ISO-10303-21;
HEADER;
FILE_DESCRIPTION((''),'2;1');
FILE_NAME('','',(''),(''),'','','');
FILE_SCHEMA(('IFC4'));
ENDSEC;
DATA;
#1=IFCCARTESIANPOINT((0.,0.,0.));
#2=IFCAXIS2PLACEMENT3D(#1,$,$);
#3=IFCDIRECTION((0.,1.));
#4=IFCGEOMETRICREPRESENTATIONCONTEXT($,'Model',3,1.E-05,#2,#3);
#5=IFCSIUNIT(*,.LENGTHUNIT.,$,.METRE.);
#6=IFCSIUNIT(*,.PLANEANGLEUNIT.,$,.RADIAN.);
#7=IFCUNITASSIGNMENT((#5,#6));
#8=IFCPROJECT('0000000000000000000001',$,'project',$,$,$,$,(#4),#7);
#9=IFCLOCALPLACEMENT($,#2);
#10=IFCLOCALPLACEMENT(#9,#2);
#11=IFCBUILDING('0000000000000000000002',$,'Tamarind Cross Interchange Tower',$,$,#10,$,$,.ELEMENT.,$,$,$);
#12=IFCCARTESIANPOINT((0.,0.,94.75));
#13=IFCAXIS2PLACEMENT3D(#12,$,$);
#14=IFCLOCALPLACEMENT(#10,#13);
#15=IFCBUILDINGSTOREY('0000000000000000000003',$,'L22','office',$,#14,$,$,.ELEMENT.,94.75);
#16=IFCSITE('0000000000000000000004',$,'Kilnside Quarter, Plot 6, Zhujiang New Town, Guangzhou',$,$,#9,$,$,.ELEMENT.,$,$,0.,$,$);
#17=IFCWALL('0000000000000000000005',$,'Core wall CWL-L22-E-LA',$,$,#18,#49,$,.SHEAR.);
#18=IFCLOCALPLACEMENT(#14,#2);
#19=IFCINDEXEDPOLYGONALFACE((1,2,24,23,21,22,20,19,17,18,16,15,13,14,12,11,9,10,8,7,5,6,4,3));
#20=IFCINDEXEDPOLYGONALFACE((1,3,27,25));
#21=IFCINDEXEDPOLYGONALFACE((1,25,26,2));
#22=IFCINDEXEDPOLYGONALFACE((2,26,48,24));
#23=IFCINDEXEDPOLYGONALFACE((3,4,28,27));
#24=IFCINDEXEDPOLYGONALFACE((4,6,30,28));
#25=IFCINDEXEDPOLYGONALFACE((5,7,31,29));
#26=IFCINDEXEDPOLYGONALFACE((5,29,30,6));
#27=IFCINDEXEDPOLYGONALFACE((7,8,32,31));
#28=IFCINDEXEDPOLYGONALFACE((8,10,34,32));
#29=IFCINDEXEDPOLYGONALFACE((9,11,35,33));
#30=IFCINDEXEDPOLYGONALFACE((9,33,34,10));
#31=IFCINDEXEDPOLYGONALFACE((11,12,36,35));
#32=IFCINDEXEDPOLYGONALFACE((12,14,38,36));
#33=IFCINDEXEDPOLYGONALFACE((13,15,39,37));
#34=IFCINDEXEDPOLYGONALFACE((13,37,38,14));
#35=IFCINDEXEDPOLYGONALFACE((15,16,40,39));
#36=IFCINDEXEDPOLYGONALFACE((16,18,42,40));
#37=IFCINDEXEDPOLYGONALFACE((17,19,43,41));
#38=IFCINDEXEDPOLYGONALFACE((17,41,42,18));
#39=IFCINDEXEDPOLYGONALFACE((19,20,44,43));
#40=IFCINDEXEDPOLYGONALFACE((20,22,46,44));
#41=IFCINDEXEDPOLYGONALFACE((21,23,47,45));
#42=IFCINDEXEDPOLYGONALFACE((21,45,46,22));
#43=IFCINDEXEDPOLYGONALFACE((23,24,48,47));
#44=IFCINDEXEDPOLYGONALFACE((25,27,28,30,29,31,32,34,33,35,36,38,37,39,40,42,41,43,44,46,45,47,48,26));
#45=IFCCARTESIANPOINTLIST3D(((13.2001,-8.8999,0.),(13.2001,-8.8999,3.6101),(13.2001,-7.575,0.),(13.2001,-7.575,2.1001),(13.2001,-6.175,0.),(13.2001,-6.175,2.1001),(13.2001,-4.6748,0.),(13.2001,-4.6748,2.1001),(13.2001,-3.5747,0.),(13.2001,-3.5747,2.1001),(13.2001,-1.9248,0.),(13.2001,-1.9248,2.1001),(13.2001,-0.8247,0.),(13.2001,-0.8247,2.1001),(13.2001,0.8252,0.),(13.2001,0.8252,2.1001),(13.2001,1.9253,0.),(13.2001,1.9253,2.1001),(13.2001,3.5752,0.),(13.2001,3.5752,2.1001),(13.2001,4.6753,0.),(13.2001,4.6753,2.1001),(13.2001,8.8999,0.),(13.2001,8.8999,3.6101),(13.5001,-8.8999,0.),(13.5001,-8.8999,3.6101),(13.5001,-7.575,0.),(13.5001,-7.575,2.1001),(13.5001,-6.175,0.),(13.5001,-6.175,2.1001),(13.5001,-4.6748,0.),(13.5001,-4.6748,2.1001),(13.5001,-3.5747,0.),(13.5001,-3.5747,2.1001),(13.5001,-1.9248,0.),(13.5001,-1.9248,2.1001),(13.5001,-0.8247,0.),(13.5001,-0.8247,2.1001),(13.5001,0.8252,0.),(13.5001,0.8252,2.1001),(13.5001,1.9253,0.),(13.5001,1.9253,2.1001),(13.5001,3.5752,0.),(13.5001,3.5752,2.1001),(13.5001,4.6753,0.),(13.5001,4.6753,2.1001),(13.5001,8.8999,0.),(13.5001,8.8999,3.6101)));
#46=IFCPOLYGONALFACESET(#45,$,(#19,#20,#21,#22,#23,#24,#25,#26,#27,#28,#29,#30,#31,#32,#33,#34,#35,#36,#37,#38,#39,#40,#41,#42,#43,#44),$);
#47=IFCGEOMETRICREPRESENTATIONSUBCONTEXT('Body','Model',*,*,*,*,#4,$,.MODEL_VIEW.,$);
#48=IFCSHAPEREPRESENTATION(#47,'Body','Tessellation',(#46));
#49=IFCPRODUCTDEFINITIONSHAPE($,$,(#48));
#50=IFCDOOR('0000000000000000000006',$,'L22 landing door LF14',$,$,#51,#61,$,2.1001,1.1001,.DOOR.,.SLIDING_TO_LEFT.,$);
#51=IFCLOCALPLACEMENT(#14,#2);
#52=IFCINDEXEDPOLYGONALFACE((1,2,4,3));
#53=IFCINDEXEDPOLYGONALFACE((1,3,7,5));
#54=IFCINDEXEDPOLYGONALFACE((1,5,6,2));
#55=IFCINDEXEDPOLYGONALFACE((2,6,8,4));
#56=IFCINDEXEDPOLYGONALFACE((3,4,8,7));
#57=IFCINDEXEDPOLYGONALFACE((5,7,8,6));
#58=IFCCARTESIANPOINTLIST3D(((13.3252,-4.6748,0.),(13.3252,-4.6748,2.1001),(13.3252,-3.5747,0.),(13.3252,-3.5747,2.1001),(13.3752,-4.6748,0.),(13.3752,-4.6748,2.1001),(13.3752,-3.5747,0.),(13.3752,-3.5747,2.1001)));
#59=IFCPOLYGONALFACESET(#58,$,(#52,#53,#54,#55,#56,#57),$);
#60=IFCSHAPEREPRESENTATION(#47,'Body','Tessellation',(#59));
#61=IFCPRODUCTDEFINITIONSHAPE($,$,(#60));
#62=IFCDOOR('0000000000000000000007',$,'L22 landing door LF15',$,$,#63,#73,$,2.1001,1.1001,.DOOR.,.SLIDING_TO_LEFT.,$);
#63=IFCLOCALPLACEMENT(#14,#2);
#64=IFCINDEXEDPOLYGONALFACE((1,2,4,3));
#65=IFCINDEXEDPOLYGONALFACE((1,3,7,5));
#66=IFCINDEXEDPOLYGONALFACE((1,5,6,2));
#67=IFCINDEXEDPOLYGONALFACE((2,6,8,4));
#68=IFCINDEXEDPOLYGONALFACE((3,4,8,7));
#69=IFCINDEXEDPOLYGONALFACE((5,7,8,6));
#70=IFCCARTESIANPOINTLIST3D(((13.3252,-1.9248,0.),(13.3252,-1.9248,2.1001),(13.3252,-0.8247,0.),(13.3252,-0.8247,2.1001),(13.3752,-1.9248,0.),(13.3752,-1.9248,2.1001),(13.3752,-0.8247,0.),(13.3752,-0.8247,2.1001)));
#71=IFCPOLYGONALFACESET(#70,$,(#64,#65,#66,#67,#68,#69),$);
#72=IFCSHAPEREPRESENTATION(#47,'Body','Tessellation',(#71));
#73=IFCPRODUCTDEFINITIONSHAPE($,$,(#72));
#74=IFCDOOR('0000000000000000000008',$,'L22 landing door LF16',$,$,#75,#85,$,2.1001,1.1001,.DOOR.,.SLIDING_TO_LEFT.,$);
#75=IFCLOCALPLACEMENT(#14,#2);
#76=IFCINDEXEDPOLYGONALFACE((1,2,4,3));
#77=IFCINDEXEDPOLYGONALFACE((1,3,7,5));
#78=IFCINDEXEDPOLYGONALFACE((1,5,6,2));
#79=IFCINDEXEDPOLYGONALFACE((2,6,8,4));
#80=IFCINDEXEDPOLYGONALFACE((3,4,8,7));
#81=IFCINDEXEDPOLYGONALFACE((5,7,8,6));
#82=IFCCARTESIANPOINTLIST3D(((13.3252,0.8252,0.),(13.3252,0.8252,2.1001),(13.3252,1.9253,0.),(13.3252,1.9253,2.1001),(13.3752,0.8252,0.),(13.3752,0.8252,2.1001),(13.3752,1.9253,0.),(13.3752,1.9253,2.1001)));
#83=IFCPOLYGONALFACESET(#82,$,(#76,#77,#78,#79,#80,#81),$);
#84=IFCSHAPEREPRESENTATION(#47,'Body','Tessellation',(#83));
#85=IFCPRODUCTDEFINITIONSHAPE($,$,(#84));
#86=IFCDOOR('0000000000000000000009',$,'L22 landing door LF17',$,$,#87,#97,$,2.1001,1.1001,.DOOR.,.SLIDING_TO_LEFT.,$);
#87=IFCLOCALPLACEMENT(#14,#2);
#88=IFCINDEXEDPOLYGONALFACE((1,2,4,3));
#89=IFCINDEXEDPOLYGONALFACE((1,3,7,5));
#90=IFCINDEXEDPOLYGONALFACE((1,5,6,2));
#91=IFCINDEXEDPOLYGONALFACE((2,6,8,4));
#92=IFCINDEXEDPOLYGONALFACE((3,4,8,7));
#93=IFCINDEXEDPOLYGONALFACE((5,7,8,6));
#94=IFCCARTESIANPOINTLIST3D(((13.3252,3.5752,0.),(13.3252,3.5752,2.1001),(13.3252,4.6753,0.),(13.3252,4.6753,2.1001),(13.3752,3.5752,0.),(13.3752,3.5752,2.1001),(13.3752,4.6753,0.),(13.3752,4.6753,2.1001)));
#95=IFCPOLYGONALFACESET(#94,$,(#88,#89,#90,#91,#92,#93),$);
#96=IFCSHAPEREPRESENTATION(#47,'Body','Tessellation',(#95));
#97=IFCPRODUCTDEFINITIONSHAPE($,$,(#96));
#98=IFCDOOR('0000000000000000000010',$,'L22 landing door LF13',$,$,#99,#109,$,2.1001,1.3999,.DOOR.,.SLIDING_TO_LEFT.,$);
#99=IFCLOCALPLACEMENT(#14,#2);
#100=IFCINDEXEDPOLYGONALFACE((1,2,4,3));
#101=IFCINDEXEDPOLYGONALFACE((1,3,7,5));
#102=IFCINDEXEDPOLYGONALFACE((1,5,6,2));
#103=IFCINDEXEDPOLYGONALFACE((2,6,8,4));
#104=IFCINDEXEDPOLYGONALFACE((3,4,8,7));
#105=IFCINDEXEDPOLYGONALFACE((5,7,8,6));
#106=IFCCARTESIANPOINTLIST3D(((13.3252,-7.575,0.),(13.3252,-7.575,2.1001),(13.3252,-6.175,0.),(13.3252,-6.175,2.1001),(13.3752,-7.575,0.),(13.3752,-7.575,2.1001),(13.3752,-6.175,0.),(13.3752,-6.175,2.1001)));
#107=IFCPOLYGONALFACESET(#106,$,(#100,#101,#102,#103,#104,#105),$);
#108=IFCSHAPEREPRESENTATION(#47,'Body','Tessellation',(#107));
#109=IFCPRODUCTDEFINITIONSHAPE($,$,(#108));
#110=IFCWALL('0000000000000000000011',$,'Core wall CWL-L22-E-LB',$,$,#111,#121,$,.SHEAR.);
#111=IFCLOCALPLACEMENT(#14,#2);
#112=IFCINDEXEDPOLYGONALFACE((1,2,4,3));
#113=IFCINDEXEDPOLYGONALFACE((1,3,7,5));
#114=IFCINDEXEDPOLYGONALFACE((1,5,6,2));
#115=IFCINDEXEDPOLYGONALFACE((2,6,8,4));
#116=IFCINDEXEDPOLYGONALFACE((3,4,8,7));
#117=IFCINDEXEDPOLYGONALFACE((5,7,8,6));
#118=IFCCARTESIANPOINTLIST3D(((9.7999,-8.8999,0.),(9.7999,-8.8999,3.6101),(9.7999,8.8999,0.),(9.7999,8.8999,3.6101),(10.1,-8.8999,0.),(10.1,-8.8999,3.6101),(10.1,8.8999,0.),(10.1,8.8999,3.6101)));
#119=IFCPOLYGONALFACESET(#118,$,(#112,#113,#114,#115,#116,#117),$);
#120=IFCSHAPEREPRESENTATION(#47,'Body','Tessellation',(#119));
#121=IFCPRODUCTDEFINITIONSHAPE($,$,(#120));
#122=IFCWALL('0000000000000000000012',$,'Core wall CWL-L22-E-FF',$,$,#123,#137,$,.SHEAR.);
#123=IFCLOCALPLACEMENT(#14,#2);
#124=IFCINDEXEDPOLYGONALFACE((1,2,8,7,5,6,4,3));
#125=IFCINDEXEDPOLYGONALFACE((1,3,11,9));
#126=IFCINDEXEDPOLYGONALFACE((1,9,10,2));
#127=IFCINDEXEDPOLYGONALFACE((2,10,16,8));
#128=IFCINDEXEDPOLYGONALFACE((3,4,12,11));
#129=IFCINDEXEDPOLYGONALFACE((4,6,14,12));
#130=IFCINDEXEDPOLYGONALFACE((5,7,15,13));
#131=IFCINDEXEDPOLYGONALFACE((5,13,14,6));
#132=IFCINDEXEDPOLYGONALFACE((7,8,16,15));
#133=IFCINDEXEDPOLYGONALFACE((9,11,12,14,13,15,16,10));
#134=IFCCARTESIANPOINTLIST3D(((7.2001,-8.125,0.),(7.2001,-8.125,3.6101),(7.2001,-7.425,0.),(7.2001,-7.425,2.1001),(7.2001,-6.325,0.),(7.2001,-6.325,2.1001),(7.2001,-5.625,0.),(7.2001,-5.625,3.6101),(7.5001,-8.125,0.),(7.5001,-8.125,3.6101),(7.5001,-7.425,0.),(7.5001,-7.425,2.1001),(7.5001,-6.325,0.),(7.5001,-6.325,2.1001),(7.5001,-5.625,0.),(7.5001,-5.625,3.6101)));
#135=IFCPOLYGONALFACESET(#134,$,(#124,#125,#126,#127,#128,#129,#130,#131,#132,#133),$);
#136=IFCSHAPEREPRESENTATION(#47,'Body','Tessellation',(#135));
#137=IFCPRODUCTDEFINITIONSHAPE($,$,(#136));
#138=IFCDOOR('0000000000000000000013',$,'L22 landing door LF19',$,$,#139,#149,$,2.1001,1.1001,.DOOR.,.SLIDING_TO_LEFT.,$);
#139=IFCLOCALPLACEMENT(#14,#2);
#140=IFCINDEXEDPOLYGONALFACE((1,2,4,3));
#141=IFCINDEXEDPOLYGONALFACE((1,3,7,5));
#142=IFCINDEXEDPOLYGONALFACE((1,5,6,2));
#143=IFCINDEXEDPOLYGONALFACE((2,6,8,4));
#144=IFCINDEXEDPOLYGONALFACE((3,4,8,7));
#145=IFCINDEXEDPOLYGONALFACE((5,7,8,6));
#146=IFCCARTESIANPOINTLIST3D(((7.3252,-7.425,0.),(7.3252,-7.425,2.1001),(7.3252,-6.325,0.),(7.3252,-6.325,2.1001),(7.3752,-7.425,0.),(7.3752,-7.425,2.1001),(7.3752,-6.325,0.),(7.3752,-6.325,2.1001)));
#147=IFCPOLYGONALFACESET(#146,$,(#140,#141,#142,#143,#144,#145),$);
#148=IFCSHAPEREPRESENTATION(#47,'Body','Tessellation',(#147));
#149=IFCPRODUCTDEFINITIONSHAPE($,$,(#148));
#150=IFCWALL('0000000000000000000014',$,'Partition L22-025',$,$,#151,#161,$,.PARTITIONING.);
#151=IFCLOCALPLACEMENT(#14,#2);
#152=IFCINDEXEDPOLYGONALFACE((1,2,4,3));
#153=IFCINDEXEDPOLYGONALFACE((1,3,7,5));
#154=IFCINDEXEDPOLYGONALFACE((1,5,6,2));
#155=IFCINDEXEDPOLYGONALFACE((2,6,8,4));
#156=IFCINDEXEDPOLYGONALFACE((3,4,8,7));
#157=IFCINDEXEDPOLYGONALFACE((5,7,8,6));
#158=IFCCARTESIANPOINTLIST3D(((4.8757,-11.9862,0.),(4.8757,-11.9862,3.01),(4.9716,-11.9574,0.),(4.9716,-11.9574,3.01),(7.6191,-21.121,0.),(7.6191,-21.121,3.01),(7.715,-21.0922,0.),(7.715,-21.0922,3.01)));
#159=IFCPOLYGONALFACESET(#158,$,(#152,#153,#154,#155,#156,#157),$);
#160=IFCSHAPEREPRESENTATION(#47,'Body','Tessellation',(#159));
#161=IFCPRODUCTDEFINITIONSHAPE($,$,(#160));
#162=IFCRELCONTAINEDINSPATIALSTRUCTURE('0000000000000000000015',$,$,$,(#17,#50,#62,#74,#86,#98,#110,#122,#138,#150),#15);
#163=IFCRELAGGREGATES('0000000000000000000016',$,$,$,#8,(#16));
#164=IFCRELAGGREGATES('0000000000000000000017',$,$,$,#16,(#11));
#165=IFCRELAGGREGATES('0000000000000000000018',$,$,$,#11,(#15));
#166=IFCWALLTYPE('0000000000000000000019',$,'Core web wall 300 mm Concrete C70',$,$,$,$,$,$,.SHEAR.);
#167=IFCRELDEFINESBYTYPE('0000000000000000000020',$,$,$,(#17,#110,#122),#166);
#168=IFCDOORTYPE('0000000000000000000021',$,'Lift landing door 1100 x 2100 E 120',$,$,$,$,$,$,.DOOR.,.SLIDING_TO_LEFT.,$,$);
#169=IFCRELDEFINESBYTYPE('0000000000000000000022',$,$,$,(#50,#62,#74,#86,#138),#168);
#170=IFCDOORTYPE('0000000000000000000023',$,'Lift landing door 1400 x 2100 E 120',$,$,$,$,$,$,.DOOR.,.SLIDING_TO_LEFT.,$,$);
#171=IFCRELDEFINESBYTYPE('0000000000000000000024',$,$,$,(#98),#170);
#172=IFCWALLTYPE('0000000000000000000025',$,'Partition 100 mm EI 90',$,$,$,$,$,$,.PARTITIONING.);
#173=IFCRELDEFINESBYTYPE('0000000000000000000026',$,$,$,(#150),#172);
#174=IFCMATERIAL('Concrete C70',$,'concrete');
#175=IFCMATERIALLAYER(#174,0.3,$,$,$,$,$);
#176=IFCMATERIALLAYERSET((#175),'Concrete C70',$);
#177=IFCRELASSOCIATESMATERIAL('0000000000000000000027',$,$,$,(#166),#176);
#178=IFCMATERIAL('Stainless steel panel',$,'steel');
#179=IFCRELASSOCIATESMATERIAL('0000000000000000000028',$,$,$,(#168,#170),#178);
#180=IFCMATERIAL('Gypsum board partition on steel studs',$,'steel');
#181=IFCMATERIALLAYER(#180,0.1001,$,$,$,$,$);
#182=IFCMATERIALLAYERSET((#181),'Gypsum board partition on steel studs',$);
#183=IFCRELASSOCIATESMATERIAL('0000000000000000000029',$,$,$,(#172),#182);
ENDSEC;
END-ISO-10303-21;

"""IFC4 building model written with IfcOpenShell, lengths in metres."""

from ifc_helpers import new_model, si_unit, direction, frame, frame_2d, origin, place, context, subcontext, project, spatial, rectangle, extrude, material, layer, layer_set, type_object, element, fill, save


model = new_model("IFC4")

# Units and contexts
model_context = context("Model", 3, precision=1e-05, world=origin(), true_north=direction((0.0, 1.0)))
body_context = subcontext(model_context, "Body", "Model", "MODEL_VIEW")
ifc_project = project(units=[si_unit("LENGTHUNIT", "METRE"), si_unit("PLANEANGLEUNIT", "RADIAN")], contexts=[model_context])

# Site, building, storey
site_placement = place(None, origin())
site = spatial("IfcSite", under=ifc_project, at=site_placement, Name="Kilnside Quarter, Plot 6, Zhujiang New Town, Guangzhou", CompositionType="ELEMENT", RefElevation=0.0)
building_placement = place(site_placement, origin())
building = spatial("IfcBuilding", under=site, at=building_placement, Name="Tamarind Cross Interchange Tower", CompositionType="ELEMENT")
storey_placement = place(building_placement, frame((0.0, 0.0, 94.75)))
storey = spatial("IfcBuildingStorey", under=building, at=storey_placement, Name="L22", Description="office", CompositionType="ELEMENT", Elevation=94.75)

# Shared definitions
ifc_material_1 = material(Name="Concrete C70", Category="concrete")

# Shared definitions
ifc_layer_1 = layer(ifc_material_1, 0.3)
ifc_layer_set_1 = layer_set([ifc_layer_1], Name="Concrete C70")
wall_type_1 = type_object("IfcWallType", Name="Core web wall 300 mm Concrete C70", PredefinedType="SHEAR", material=ifc_layer_set_1)

# Wall, openings, doors
wall_1_placement = place(storey_placement, frame((13.3501, -8.8999, 0.0), z_axis=(0.0, 0.0, 1.0), x_axis=(0.0, 1.0, 0.0)))
wall_1 = element("IfcWall", 1, at=wall_1_placement, inside=storey, type_object=wall_type_1, Name="Core wall CWL-L22-E-LA", PredefinedType="SHEAR", context=body_context, shape_type="SweptSolid", body=[
    extrude(rectangle(XDim=17.7998, YDim=0.3, at=frame_2d((8.8999, 0.0))), origin(), (0.0, 0.0, 1.0), 3.6101),
])
opening_1_placement = place(wall_1_placement, frame((1.325, 0.0, 0.0)))
opening_1 = element("IfcOpeningElement", 2, at=opening_1_placement, cuts=wall_1, PredefinedType="OPENING", context=body_context, shape_type="SweptSolid", body=[
    extrude(rectangle(XDim=1.3999, YDim=2.1001, at=frame_2d((0.7, 1.05))), frame((0.0, 0.1599, 0.0), z_axis=(0.0, -1.0, 0.0), x_axis=(1.0, 0.0, 0.0)), (0.0, 0.0, 1.0), 0.3201),
])
opening_2_placement = place(wall_1_placement, frame((4.2251, 0.0, 0.0)))
opening_2 = element("IfcOpeningElement", 3, at=opening_2_placement, cuts=wall_1, PredefinedType="OPENING", context=body_context, shape_type="SweptSolid", body=[
    extrude(rectangle(XDim=1.1001, YDim=2.1001, at=frame_2d((0.55, 1.05))), frame((0.0, 0.1599, 0.0), z_axis=(0.0, -1.0, 0.0), x_axis=(1.0, 0.0, 0.0)), (0.0, 0.0, 1.0), 0.3201),
])
opening_3_placement = place(wall_1_placement, frame((6.9751, 0.0, 0.0)))
opening_3 = element("IfcOpeningElement", 4, at=opening_3_placement, cuts=wall_1, PredefinedType="OPENING", context=body_context, shape_type="SweptSolid", body=[
    extrude(rectangle(XDim=1.1001, YDim=2.1001, at=frame_2d((0.55, 1.05))), frame((0.0, 0.1599, 0.0), z_axis=(0.0, -1.0, 0.0), x_axis=(1.0, 0.0, 0.0)), (0.0, 0.0, 1.0), 0.3201),
])
opening_4_placement = place(wall_1_placement, frame((9.7251, 0.0, 0.0)))
opening_4 = element("IfcOpeningElement", 5, at=opening_4_placement, cuts=wall_1, PredefinedType="OPENING", context=body_context, shape_type="SweptSolid", body=[
    extrude(rectangle(XDim=1.1001, YDim=2.1001, at=frame_2d((0.55, 1.05))), frame((0.0, 0.1599, 0.0), z_axis=(0.0, -1.0, 0.0), x_axis=(1.0, 0.0, 0.0)), (0.0, 0.0, 1.0), 0.3201),
])
opening_5_placement = place(wall_1_placement, frame((12.4751, 0.0, 0.0)))
opening_5 = element("IfcOpeningElement", 6, at=opening_5_placement, cuts=wall_1, PredefinedType="OPENING", context=body_context, shape_type="SweptSolid", body=[
    extrude(rectangle(XDim=1.1001, YDim=2.1001, at=frame_2d((0.55, 1.05))), frame((0.0, 0.1599, 0.0), z_axis=(0.0, -1.0, 0.0), x_axis=(1.0, 0.0, 0.0)), (0.0, 0.0, 1.0), 0.3201),
])
ifc_material_2 = material(Name="Stainless steel panel", Category="steel")
door_type_1 = type_object("IfcDoorType", Name="Lift landing door 1100 x 2100 E 120", OperationType="SLIDING_TO_LEFT", PredefinedType="DOOR", material=ifc_material_2)
door_1_placement = place(opening_2_placement, origin())
door_1 = element("IfcDoor", 7, at=door_1_placement, inside=storey, type_object=door_type_1, Name="L22 landing door LF14", OperationType="SLIDING_TO_LEFT", OverallHeight=2.1001, OverallWidth=1.1001, PredefinedType="DOOR", context=body_context, shape_type="SweptSolid", body=[
    extrude(rectangle(XDim=1.1001, YDim=2.1001, at=frame_2d((0.55, 1.05))), frame((0.0, 0.0249, 0.0), z_axis=(0.0, -1.0, 0.0), x_axis=(1.0, 0.0, 0.0)), (0.0, 0.0, 1.0), 0.05),
])
fill(opening_2, door_1)
door_2_placement = place(opening_3_placement, origin())
door_2 = element("IfcDoor", 8, at=door_2_placement, inside=storey, type_object=door_type_1, Name="L22 landing door LF15", OperationType="SLIDING_TO_LEFT", OverallHeight=2.1001, OverallWidth=1.1001, PredefinedType="DOOR", context=body_context, shape_type="SweptSolid", body=[
    extrude(rectangle(XDim=1.1001, YDim=2.1001, at=frame_2d((0.55, 1.05))), frame((0.0, 0.0249, 0.0), z_axis=(0.0, -1.0, 0.0), x_axis=(1.0, 0.0, 0.0)), (0.0, 0.0, 1.0), 0.05),
])
fill(opening_3, door_2)
door_3_placement = place(opening_4_placement, origin())
door_3 = element("IfcDoor", 9, at=door_3_placement, inside=storey, type_object=door_type_1, Name="L22 landing door LF16", OperationType="SLIDING_TO_LEFT", OverallHeight=2.1001, OverallWidth=1.1001, PredefinedType="DOOR", context=body_context, shape_type="SweptSolid", body=[
    extrude(rectangle(XDim=1.1001, YDim=2.1001, at=frame_2d((0.55, 1.05))), frame((0.0, 0.0249, 0.0), z_axis=(0.0, -1.0, 0.0), x_axis=(1.0, 0.0, 0.0)), (0.0, 0.0, 1.0), 0.05),
])
fill(opening_4, door_3)
door_4_placement = place(opening_5_placement, origin())
door_4 = element("IfcDoor", 10, at=door_4_placement, inside=storey, type_object=door_type_1, Name="L22 landing door LF17", OperationType="SLIDING_TO_LEFT", OverallHeight=2.1001, OverallWidth=1.1001, PredefinedType="DOOR", context=body_context, shape_type="SweptSolid", body=[
    extrude(rectangle(XDim=1.1001, YDim=2.1001, at=frame_2d((0.55, 1.05))), frame((0.0, 0.0249, 0.0), z_axis=(0.0, -1.0, 0.0), x_axis=(1.0, 0.0, 0.0)), (0.0, 0.0, 1.0), 0.05),
])
fill(opening_5, door_4)
door_type_2 = type_object("IfcDoorType", Name="Lift landing door 1400 x 2100 E 120", OperationType="SLIDING_TO_LEFT", PredefinedType="DOOR", material=ifc_material_2)
door_5_placement = place(opening_1_placement, origin())
door_5 = element("IfcDoor", 11, at=door_5_placement, inside=storey, type_object=door_type_2, Name="L22 landing door LF13", OperationType="SLIDING_TO_LEFT", OverallHeight=2.1001, OverallWidth=1.3999, PredefinedType="DOOR", context=body_context, shape_type="SweptSolid", body=[
    extrude(rectangle(XDim=1.3999, YDim=2.1001, at=frame_2d((0.7, 1.05))), frame((0.0, 0.0249, 0.0), z_axis=(0.0, -1.0, 0.0), x_axis=(1.0, 0.0, 0.0)), (0.0, 0.0, 1.0), 0.05),
])
fill(opening_1, door_5)

# Wall
wall_2_placement = place(storey_placement, frame((9.95, -8.8999, 0.0), z_axis=(0.0, 0.0, 1.0), x_axis=(0.0, 1.0, 0.0)))
element("IfcWall", 12, at=wall_2_placement, inside=storey, type_object=wall_type_1, Name="Core wall CWL-L22-E-LB", PredefinedType="SHEAR", context=body_context, shape_type="SweptSolid", body=[
    extrude(rectangle(XDim=17.7998, YDim=0.3, at=frame_2d((8.8999, 0.0))), origin(), (0.0, 0.0, 1.0), 3.6101),
])

# Wall, opening, door
wall_3_placement = place(storey_placement, frame((7.3501, -8.125, 0.0), z_axis=(0.0, 0.0, 1.0), x_axis=(0.0, 1.0, 0.0)))
wall_3 = element("IfcWall", 13, at=wall_3_placement, inside=storey, type_object=wall_type_1, Name="Core wall CWL-L22-E-FF", PredefinedType="SHEAR", context=body_context, shape_type="SweptSolid", body=[
    extrude(rectangle(XDim=2.5, YDim=0.3, at=frame_2d((1.25, 0.0))), origin(), (0.0, 0.0, 1.0), 3.6101),
])
opening_6_placement = place(wall_3_placement, frame((0.7, 0.0, 0.0)))
opening_6 = element("IfcOpeningElement", 14, at=opening_6_placement, cuts=wall_3, PredefinedType="OPENING", context=body_context, shape_type="SweptSolid", body=[
    extrude(rectangle(XDim=1.1001, YDim=2.1001, at=frame_2d((0.55, 1.05))), frame((0.0, 0.1599, 0.0), z_axis=(0.0, -1.0, 0.0), x_axis=(1.0, 0.0, 0.0)), (0.0, 0.0, 1.0), 0.3201),
])
door_6_placement = place(opening_6_placement, origin())
door_6 = element("IfcDoor", 15, at=door_6_placement, inside=storey, type_object=door_type_1, Name="L22 landing door LF19", OperationType="SLIDING_TO_LEFT", OverallHeight=2.1001, OverallWidth=1.1001, PredefinedType="DOOR", context=body_context, shape_type="SweptSolid", body=[
    extrude(rectangle(XDim=1.1001, YDim=2.1001, at=frame_2d((0.55, 1.05))), frame((0.0, 0.0249, 0.0), z_axis=(0.0, -1.0, 0.0), x_axis=(1.0, 0.0, 0.0)), (0.0, 0.0, 1.0), 0.05),
])
fill(opening_6, door_6)

# Wall
ifc_material_3 = material(Name="Gypsum board partition on steel studs", Category="steel")
ifc_layer_2 = layer(ifc_material_3, 0.1001)
ifc_layer_set_2 = layer_set([ifc_layer_2], Name="Gypsum board partition on steel studs")
wall_type_2 = type_object("IfcWallType", Name="Partition 100 mm EI 90", PredefinedType="PARTITIONING", material=ifc_layer_set_2)
wall_4_placement = place(storey_placement, frame((4.9236, -11.9717, 0.0), z_axis=(0.0, 0.0, 1.0), x_axis=(0.287634, -0.95774, 0.0)))
element("IfcWall", 16, at=wall_4_placement, inside=storey, type_object=wall_type_2, Name="Partition L22-025", PredefinedType="PARTITIONING", context=body_context, shape_type="SweptSolid", body=[
    extrude(rectangle(XDim=9.5378, YDim=0.1001, at=frame_2d((4.769, 0.0))), origin(), (0.0, 0.0, 1.0), 3.01),
])

save(model, "model.ifc")
